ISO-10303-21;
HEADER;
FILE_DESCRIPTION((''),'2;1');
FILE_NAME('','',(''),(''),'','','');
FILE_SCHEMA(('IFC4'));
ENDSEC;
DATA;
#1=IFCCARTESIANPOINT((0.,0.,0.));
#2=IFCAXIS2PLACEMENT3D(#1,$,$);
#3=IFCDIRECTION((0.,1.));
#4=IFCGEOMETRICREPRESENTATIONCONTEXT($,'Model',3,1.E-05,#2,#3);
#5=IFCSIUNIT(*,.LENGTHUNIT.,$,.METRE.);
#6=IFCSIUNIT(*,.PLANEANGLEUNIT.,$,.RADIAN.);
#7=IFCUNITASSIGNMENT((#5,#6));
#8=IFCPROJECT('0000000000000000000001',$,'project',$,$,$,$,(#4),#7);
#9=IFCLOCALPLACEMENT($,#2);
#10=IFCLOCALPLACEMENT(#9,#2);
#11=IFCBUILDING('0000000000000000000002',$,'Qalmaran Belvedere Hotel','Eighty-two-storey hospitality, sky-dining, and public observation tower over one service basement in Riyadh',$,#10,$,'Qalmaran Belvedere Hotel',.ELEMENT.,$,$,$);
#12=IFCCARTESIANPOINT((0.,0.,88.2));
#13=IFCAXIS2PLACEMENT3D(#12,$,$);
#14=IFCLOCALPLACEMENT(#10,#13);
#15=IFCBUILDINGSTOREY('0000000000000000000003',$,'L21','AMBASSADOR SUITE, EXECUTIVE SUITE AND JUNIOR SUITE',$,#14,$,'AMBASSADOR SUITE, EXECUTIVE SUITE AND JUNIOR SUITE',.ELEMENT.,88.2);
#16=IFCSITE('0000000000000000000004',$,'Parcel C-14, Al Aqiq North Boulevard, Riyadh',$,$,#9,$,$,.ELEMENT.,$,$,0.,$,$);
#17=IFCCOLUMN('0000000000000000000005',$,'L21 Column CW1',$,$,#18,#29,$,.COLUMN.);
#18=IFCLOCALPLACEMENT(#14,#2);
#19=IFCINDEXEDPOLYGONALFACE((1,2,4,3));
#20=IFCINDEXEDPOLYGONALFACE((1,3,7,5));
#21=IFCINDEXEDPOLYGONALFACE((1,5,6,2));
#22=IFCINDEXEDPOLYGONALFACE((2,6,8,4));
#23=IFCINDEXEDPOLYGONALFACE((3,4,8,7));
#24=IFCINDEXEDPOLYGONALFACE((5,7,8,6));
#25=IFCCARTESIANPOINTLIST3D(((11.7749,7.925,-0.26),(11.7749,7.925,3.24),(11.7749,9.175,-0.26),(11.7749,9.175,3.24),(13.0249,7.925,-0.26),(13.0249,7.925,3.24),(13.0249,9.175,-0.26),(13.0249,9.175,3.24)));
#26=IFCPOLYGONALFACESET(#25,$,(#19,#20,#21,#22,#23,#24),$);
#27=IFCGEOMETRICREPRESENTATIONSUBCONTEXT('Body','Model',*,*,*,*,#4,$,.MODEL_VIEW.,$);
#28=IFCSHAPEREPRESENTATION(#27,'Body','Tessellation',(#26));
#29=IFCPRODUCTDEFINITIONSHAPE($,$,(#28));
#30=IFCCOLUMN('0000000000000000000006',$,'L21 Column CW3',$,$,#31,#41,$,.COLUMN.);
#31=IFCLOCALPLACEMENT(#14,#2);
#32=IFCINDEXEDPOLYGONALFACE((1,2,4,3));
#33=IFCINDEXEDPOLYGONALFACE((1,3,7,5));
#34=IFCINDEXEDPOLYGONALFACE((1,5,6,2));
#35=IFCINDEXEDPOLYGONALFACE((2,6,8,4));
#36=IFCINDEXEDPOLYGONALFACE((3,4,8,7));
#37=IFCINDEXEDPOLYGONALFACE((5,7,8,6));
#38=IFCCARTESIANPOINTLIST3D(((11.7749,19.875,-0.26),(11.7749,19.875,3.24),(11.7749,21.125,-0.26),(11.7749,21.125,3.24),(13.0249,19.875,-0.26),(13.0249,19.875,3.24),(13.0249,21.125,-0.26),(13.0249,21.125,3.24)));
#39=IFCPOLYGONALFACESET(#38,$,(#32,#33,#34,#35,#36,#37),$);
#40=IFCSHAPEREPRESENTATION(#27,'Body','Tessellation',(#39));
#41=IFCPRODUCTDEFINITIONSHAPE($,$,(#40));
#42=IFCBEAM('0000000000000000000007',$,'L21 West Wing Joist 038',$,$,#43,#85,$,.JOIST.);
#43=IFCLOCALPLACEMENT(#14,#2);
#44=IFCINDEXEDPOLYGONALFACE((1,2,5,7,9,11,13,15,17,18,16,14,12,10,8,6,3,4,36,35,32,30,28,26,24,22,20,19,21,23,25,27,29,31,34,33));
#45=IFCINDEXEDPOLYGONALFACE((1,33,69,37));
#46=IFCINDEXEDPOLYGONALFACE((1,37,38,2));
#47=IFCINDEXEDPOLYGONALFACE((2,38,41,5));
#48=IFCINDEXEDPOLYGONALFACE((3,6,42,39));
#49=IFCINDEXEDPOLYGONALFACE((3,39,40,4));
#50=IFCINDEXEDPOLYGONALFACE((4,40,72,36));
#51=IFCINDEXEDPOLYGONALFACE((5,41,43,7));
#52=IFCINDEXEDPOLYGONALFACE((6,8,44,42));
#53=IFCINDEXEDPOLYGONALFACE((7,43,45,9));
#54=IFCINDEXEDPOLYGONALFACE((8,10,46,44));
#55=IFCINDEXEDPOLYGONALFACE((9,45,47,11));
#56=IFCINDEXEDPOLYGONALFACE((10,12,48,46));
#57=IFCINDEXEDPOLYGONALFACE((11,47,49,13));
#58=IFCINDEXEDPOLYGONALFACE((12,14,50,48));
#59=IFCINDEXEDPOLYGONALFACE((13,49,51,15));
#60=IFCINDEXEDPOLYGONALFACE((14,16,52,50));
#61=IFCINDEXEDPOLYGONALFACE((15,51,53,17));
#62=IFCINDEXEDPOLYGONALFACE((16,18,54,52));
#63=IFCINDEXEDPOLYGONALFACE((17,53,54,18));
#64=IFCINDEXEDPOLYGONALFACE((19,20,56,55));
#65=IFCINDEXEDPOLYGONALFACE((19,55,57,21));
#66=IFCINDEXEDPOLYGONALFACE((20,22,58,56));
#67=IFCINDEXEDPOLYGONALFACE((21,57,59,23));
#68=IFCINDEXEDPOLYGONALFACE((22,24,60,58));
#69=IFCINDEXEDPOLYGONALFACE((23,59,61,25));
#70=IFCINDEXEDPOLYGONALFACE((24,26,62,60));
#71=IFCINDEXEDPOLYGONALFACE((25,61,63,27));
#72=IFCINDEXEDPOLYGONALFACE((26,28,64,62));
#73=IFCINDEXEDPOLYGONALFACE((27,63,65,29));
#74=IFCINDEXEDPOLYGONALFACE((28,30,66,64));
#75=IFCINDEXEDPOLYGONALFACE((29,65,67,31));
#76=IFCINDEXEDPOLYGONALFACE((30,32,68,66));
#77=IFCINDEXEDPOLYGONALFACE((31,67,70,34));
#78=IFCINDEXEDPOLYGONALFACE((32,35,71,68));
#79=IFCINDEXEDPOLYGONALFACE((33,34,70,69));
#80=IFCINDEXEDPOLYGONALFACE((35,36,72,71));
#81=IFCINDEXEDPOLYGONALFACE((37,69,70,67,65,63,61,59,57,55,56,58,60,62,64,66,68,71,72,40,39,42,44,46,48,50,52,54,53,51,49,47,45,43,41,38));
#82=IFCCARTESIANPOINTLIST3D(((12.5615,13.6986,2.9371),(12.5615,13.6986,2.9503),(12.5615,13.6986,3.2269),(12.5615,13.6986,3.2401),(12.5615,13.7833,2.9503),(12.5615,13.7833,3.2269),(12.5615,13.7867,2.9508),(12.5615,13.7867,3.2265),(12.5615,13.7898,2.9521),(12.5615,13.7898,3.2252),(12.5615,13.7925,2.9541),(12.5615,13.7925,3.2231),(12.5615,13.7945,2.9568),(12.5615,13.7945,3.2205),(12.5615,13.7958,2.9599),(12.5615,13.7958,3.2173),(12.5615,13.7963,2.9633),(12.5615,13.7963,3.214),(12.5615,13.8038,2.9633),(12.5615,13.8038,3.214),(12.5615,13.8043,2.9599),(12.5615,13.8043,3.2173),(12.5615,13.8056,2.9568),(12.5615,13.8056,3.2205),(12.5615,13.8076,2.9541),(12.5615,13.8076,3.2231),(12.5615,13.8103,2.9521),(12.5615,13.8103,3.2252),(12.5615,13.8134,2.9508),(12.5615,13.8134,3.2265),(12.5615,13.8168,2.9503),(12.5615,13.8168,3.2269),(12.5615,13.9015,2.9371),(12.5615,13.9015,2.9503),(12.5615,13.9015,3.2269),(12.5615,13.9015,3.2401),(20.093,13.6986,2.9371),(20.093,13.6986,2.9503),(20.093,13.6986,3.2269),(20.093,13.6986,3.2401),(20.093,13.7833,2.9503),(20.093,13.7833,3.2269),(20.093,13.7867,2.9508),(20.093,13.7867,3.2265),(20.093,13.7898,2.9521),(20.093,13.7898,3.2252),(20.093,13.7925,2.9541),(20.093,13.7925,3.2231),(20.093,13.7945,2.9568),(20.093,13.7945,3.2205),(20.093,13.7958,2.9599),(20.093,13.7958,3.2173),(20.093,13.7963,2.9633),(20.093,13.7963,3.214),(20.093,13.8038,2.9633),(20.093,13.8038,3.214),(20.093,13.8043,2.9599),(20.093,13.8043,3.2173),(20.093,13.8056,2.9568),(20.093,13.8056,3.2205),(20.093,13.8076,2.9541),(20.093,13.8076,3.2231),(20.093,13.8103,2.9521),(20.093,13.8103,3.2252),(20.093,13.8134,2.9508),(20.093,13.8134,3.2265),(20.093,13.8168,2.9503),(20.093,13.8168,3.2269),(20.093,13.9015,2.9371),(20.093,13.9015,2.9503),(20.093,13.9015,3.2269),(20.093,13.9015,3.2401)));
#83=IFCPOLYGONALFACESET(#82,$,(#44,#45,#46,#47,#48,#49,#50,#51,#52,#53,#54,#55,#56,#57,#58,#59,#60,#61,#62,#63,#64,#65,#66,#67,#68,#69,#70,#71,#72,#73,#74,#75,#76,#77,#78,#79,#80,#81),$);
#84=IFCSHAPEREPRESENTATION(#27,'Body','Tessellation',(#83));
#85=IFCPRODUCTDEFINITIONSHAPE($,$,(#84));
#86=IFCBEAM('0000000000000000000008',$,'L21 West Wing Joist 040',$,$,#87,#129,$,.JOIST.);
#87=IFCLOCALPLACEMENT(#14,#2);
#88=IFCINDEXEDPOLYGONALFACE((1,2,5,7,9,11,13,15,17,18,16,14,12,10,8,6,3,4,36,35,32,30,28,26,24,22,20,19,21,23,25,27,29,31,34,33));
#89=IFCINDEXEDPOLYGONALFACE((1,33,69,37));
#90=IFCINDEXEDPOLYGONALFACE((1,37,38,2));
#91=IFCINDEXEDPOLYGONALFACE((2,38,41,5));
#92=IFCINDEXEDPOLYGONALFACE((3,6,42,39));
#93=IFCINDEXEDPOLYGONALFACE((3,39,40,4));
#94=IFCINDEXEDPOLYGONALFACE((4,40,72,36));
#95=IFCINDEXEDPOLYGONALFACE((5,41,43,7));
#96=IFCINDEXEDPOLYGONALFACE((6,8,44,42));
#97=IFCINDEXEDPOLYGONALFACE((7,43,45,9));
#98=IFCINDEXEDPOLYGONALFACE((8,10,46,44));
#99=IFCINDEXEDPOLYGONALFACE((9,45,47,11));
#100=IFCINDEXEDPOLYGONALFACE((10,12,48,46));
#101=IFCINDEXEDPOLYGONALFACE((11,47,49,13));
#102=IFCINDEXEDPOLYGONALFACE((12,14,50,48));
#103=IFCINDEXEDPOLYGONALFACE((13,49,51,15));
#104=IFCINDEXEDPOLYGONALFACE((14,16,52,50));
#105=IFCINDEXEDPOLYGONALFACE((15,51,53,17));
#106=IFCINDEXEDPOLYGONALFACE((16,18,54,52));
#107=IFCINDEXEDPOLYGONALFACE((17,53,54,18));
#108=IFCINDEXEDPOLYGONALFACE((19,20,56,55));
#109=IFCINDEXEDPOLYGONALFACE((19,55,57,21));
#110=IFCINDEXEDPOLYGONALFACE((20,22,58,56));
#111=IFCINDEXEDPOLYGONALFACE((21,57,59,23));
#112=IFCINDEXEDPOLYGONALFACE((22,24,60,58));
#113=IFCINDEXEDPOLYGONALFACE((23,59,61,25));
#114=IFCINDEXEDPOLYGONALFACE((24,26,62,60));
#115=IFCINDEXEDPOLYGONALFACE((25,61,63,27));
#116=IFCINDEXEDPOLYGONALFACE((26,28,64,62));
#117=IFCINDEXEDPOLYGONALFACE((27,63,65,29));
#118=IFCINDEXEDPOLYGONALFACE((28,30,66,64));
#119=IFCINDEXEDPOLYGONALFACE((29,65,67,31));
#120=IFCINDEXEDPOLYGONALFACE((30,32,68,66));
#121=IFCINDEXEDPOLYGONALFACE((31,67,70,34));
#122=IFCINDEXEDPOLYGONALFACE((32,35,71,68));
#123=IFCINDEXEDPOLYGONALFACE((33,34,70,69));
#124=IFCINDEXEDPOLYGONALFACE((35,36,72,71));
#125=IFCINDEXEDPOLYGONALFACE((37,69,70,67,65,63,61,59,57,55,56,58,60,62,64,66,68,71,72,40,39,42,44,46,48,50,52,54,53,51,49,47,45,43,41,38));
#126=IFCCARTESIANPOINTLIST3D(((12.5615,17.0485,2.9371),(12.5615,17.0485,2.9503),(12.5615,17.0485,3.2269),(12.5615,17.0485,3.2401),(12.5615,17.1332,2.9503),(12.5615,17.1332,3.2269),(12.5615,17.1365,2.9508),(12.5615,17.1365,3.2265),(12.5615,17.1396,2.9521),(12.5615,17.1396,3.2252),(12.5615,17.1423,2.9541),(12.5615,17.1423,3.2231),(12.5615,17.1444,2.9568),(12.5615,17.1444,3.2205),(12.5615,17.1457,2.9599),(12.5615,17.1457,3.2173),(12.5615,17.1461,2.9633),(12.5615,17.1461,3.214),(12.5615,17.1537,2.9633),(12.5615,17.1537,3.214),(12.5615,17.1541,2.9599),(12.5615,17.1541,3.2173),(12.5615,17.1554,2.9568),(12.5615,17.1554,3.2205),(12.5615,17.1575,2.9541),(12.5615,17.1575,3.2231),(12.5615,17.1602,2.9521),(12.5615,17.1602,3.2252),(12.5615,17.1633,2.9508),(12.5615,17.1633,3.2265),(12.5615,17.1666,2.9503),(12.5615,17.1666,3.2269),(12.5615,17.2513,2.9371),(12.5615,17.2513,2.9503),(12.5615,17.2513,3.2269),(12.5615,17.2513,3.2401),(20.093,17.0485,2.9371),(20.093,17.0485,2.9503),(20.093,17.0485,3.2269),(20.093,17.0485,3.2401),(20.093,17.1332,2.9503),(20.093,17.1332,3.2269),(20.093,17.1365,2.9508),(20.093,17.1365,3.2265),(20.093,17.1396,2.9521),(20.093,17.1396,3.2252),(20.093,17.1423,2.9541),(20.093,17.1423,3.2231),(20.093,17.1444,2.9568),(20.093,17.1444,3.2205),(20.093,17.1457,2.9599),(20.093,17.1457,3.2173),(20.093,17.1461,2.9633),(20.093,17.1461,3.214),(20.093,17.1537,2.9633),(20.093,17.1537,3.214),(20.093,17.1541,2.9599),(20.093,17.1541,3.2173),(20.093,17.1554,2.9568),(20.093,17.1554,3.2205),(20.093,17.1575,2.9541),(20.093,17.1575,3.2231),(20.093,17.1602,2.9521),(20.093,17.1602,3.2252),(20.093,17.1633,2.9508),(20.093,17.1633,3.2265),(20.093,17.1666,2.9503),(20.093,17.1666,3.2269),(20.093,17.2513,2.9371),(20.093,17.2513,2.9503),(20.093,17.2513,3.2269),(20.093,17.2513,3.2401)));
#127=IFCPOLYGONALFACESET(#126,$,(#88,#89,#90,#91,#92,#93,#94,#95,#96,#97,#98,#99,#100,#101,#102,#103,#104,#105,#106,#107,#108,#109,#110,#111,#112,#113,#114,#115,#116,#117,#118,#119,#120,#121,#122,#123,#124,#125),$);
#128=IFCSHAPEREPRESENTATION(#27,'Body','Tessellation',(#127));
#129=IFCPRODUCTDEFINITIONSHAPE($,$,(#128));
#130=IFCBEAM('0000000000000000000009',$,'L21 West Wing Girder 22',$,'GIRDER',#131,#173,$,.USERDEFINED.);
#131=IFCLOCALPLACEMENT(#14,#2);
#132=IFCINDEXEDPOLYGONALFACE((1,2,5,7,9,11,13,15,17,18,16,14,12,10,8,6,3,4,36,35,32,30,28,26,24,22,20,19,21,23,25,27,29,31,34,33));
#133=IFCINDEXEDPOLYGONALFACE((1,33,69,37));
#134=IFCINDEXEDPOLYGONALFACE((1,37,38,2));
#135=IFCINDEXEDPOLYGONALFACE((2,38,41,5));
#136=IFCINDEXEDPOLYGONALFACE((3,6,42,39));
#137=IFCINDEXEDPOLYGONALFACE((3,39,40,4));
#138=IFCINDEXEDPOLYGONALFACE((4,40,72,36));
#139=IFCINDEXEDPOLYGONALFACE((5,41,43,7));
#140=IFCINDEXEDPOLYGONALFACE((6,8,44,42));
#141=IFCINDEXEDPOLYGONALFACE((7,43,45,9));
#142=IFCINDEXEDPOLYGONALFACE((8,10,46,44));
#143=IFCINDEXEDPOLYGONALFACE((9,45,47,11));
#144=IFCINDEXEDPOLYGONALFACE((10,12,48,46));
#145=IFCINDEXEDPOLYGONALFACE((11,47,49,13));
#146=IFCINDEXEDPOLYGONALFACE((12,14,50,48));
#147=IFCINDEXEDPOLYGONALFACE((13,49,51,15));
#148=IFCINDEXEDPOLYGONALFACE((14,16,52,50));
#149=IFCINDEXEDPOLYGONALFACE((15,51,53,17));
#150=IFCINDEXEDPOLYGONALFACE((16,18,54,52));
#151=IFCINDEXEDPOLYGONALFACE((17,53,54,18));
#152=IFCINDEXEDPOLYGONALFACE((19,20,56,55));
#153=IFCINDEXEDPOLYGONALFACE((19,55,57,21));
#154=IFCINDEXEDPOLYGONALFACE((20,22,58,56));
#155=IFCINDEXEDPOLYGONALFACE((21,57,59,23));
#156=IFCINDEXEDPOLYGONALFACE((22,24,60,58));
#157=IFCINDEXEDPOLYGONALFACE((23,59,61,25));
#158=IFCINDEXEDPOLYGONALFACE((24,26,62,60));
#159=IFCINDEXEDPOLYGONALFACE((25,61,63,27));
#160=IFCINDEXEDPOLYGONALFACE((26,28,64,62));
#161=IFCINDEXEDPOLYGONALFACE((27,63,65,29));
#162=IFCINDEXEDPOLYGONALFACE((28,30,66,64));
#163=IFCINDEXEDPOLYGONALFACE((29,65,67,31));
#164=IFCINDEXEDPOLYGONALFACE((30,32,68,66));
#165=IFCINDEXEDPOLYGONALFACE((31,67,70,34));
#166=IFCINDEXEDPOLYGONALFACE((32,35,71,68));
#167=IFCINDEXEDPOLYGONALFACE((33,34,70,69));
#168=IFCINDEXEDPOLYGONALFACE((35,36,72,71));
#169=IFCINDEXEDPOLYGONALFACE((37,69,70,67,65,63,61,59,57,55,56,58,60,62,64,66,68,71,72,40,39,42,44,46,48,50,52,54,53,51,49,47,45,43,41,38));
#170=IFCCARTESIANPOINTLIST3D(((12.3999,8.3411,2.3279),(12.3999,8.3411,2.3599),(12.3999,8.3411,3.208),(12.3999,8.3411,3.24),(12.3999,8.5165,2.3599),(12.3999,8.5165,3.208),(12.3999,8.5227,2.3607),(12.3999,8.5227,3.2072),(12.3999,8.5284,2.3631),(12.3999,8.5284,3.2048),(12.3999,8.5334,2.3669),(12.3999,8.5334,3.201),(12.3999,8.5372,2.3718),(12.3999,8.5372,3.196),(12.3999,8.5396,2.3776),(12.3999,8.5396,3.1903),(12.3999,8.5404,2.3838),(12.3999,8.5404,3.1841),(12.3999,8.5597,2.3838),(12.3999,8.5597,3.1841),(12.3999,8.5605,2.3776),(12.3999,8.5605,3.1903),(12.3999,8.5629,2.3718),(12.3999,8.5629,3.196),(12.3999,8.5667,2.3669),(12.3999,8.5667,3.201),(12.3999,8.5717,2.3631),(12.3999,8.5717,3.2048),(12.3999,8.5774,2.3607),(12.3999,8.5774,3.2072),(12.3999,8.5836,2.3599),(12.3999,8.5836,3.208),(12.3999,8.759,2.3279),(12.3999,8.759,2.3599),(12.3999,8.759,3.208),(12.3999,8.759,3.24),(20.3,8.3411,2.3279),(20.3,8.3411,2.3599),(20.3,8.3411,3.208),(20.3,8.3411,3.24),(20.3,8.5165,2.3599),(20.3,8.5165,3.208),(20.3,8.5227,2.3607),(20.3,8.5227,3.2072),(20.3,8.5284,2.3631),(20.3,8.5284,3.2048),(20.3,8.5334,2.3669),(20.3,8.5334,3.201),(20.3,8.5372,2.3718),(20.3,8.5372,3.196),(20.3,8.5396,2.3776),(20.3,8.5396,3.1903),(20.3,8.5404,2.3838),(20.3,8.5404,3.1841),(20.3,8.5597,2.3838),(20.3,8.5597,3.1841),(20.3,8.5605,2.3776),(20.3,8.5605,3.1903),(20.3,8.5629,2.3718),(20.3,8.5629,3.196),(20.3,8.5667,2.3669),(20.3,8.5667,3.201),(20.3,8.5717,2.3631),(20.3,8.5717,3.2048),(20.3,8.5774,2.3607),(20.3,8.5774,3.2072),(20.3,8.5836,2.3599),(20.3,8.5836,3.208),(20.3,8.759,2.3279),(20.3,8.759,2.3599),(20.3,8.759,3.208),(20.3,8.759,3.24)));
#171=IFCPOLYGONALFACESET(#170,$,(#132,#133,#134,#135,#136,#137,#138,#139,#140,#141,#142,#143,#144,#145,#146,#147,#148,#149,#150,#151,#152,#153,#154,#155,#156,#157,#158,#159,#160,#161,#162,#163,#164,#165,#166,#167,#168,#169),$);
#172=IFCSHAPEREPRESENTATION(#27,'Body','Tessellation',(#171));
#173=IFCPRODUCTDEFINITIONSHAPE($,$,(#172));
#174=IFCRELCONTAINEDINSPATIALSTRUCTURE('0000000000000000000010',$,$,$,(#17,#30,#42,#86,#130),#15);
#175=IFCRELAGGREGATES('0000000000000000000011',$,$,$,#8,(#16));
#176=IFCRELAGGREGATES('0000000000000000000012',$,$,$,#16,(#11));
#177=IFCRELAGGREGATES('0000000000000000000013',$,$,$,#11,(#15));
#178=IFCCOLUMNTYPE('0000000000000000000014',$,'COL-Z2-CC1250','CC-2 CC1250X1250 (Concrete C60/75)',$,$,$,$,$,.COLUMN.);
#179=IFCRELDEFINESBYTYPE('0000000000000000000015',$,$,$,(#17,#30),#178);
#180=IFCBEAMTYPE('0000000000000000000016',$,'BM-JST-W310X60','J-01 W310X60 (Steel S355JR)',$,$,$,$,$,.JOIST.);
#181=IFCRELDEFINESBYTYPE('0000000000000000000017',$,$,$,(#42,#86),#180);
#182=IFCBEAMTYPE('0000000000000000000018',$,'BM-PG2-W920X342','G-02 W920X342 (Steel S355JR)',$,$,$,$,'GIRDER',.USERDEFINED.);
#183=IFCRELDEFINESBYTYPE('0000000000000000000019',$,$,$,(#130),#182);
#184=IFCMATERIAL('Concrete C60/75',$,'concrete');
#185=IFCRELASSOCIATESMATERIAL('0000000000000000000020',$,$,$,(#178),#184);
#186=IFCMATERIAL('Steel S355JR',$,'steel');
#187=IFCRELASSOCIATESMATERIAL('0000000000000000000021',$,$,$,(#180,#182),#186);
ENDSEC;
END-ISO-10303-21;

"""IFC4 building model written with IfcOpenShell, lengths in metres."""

from ifc_helpers import new_model, si_unit, direction, frame, origin, origin_2d, place, context, subcontext, project, spatial, rectangle, i_section, extrude, material, material_profile, profile_set, type_object, element, save


model = new_model("IFC4")

# Units and contexts
model_context = context("Model", 3, precision=1e-05, world=origin(), true_north=direction((0.0, 1.0)))
body_context = subcontext(model_context, "Body", "Model", "MODEL_VIEW")
ifc_project = project(units=[si_unit("LENGTHUNIT", "METRE"), si_unit("PLANEANGLEUNIT", "RADIAN")], contexts=[model_context])

# Site, building, storey
site_placement = place(None, origin())
site = spatial("IfcSite", under=ifc_project, at=site_placement, Name="Parcel C-14, Al Aqiq North Boulevard, Riyadh", CompositionType="ELEMENT", RefElevation=0.0)
building_placement = place(site_placement, origin())
building = spatial("IfcBuilding", under=site, at=building_placement, Name="Qalmaran Belvedere Hotel", Description="Eighty-two-storey hospitality, sky-dining, and public observation tower over one service basement in Riyadh", LongName="Qalmaran Belvedere Hotel", CompositionType="ELEMENT")
storey_placement = place(building_placement, frame((0.0, 0.0, 88.2)))
storey = spatial("IfcBuildingStorey", under=building, at=storey_placement, Name="L21", Description="AMBASSADOR SUITE, EXECUTIVE SUITE AND JUNIOR SUITE", LongName="AMBASSADOR SUITE, EXECUTIVE SUITE AND JUNIOR SUITE", CompositionType="ELEMENT", Elevation=88.2)

# Columns
ifc_material_1 = material(Name="Concrete C60/75", Category="concrete")
ifc_material_profile_1 = material_profile(ifc_material_1, rectangle(XDim=1.25, YDim=1.25, at=origin_2d()), Name="CC1250X1250")
ifc_profile_set_1 = profile_set([ifc_material_profile_1], Name="Concrete C60/75")
column_type = type_object("IfcColumnType", Name="COL-Z2-CC1250", Description="CC-2 CC1250X1250 (Concrete C60/75)", PredefinedType="COLUMN", material=ifc_profile_set_1)
for number, where, z_axis, x_axis, name in (
    (1, (12.3999, 8.55, -0.26), (0.0, 0.0, 1.0), (1.0, 0.0, 0.0), "L21 Column CW1"),
    (2, (12.3999, 20.5, -0.26), (0.0, 0.0, 1.0), (1.0, 0.0, 0.0), "L21 Column CW3"),
):
    element("IfcColumn", number, at=place(storey_placement, frame(where, z_axis=z_axis, x_axis=x_axis)), inside=storey, type_object=column_type, Name=name, PredefinedType="COLUMN", context=body_context, shape_type="SweptSolid", body=[
        extrude(rectangle(XDim=1.25, YDim=1.25, at=origin_2d()), origin(), (0.0, 0.0, 1.0), 3.5),
    ])

# Beams
ifc_material_2 = material(Name="Steel S355JR", Category="steel")
ifc_material_profile_2 = material_profile(ifc_material_2, i_section(OverallWidth=0.2029, OverallDepth=0.303, WebThickness=0.0076, FlangeThickness=0.0132, FilletRadius=0.0129, at=origin_2d()), Name="W310X60")
ifc_profile_set_2 = profile_set([ifc_material_profile_2], Name="Steel S355JR")
beam_type_1 = type_object("IfcBeamType", Name="BM-JST-W310X60", Description="J-01 W310X60 (Steel S355JR)", PredefinedType="JOIST", material=ifc_profile_set_2)
for number, where, z_axis, x_axis, name in (
    (3, (12.5615, 13.8, 3.0886), (1.0, 0.0, 0.0), (0.0, 1.0, 0.0), "L21 West Wing Joist 038"),
    (4, (12.5615, 17.1499, 3.0886), (1.0, 0.0, 0.0), (0.0, 1.0, 0.0), "L21 West Wing Joist 040"),
):
    element("IfcBeam", number, at=place(storey_placement, frame(where, z_axis=z_axis, x_axis=x_axis)), inside=storey, type_object=beam_type_1, Name=name, PredefinedType="JOIST", context=body_context, shape_type="SweptSolid", body=[
        extrude(i_section(OverallWidth=0.2029, OverallDepth=0.303, WebThickness=0.0076, FlangeThickness=0.0132, FilletRadius=0.0129, at=origin_2d()), origin(), (0.0, 0.0, 1.0), 7.5315),
    ])
ifc_material_profile_3 = material_profile(ifc_material_2, i_section(OverallWidth=0.418, OverallDepth=0.9121, WebThickness=0.0193, FlangeThickness=0.032, FilletRadius=0.0239, at=origin_2d()), Name="W920X342")
ifc_profile_set_3 = profile_set([ifc_material_profile_3], Name="Steel S355JR")
beam_type_2 = type_object("IfcBeamType", Name="BM-PG2-W920X342", Description="G-02 W920X342 (Steel S355JR)", ElementType="GIRDER", PredefinedType="USERDEFINED", material=ifc_profile_set_3)
for number, where, z_axis, x_axis, name in (
    (5, (12.3999, 8.55, 2.7839), (1.0, 0.0, 0.0), (0.0, 1.0, 0.0), "L21 West Wing Girder 22"),
):
    element("IfcBeam", number, at=place(storey_placement, frame(where, z_axis=z_axis, x_axis=x_axis)), inside=storey, type_object=beam_type_2, Name=name, ObjectType="GIRDER", PredefinedType="USERDEFINED", context=body_context, shape_type="SweptSolid", body=[
        extrude(i_section(OverallWidth=0.418, OverallDepth=0.9121, WebThickness=0.0193, FlangeThickness=0.032, FilletRadius=0.0239, at=origin_2d()), origin(), (0.0, 0.0, 1.0), 7.9001),
    ])

save(model, "model.ifc")
